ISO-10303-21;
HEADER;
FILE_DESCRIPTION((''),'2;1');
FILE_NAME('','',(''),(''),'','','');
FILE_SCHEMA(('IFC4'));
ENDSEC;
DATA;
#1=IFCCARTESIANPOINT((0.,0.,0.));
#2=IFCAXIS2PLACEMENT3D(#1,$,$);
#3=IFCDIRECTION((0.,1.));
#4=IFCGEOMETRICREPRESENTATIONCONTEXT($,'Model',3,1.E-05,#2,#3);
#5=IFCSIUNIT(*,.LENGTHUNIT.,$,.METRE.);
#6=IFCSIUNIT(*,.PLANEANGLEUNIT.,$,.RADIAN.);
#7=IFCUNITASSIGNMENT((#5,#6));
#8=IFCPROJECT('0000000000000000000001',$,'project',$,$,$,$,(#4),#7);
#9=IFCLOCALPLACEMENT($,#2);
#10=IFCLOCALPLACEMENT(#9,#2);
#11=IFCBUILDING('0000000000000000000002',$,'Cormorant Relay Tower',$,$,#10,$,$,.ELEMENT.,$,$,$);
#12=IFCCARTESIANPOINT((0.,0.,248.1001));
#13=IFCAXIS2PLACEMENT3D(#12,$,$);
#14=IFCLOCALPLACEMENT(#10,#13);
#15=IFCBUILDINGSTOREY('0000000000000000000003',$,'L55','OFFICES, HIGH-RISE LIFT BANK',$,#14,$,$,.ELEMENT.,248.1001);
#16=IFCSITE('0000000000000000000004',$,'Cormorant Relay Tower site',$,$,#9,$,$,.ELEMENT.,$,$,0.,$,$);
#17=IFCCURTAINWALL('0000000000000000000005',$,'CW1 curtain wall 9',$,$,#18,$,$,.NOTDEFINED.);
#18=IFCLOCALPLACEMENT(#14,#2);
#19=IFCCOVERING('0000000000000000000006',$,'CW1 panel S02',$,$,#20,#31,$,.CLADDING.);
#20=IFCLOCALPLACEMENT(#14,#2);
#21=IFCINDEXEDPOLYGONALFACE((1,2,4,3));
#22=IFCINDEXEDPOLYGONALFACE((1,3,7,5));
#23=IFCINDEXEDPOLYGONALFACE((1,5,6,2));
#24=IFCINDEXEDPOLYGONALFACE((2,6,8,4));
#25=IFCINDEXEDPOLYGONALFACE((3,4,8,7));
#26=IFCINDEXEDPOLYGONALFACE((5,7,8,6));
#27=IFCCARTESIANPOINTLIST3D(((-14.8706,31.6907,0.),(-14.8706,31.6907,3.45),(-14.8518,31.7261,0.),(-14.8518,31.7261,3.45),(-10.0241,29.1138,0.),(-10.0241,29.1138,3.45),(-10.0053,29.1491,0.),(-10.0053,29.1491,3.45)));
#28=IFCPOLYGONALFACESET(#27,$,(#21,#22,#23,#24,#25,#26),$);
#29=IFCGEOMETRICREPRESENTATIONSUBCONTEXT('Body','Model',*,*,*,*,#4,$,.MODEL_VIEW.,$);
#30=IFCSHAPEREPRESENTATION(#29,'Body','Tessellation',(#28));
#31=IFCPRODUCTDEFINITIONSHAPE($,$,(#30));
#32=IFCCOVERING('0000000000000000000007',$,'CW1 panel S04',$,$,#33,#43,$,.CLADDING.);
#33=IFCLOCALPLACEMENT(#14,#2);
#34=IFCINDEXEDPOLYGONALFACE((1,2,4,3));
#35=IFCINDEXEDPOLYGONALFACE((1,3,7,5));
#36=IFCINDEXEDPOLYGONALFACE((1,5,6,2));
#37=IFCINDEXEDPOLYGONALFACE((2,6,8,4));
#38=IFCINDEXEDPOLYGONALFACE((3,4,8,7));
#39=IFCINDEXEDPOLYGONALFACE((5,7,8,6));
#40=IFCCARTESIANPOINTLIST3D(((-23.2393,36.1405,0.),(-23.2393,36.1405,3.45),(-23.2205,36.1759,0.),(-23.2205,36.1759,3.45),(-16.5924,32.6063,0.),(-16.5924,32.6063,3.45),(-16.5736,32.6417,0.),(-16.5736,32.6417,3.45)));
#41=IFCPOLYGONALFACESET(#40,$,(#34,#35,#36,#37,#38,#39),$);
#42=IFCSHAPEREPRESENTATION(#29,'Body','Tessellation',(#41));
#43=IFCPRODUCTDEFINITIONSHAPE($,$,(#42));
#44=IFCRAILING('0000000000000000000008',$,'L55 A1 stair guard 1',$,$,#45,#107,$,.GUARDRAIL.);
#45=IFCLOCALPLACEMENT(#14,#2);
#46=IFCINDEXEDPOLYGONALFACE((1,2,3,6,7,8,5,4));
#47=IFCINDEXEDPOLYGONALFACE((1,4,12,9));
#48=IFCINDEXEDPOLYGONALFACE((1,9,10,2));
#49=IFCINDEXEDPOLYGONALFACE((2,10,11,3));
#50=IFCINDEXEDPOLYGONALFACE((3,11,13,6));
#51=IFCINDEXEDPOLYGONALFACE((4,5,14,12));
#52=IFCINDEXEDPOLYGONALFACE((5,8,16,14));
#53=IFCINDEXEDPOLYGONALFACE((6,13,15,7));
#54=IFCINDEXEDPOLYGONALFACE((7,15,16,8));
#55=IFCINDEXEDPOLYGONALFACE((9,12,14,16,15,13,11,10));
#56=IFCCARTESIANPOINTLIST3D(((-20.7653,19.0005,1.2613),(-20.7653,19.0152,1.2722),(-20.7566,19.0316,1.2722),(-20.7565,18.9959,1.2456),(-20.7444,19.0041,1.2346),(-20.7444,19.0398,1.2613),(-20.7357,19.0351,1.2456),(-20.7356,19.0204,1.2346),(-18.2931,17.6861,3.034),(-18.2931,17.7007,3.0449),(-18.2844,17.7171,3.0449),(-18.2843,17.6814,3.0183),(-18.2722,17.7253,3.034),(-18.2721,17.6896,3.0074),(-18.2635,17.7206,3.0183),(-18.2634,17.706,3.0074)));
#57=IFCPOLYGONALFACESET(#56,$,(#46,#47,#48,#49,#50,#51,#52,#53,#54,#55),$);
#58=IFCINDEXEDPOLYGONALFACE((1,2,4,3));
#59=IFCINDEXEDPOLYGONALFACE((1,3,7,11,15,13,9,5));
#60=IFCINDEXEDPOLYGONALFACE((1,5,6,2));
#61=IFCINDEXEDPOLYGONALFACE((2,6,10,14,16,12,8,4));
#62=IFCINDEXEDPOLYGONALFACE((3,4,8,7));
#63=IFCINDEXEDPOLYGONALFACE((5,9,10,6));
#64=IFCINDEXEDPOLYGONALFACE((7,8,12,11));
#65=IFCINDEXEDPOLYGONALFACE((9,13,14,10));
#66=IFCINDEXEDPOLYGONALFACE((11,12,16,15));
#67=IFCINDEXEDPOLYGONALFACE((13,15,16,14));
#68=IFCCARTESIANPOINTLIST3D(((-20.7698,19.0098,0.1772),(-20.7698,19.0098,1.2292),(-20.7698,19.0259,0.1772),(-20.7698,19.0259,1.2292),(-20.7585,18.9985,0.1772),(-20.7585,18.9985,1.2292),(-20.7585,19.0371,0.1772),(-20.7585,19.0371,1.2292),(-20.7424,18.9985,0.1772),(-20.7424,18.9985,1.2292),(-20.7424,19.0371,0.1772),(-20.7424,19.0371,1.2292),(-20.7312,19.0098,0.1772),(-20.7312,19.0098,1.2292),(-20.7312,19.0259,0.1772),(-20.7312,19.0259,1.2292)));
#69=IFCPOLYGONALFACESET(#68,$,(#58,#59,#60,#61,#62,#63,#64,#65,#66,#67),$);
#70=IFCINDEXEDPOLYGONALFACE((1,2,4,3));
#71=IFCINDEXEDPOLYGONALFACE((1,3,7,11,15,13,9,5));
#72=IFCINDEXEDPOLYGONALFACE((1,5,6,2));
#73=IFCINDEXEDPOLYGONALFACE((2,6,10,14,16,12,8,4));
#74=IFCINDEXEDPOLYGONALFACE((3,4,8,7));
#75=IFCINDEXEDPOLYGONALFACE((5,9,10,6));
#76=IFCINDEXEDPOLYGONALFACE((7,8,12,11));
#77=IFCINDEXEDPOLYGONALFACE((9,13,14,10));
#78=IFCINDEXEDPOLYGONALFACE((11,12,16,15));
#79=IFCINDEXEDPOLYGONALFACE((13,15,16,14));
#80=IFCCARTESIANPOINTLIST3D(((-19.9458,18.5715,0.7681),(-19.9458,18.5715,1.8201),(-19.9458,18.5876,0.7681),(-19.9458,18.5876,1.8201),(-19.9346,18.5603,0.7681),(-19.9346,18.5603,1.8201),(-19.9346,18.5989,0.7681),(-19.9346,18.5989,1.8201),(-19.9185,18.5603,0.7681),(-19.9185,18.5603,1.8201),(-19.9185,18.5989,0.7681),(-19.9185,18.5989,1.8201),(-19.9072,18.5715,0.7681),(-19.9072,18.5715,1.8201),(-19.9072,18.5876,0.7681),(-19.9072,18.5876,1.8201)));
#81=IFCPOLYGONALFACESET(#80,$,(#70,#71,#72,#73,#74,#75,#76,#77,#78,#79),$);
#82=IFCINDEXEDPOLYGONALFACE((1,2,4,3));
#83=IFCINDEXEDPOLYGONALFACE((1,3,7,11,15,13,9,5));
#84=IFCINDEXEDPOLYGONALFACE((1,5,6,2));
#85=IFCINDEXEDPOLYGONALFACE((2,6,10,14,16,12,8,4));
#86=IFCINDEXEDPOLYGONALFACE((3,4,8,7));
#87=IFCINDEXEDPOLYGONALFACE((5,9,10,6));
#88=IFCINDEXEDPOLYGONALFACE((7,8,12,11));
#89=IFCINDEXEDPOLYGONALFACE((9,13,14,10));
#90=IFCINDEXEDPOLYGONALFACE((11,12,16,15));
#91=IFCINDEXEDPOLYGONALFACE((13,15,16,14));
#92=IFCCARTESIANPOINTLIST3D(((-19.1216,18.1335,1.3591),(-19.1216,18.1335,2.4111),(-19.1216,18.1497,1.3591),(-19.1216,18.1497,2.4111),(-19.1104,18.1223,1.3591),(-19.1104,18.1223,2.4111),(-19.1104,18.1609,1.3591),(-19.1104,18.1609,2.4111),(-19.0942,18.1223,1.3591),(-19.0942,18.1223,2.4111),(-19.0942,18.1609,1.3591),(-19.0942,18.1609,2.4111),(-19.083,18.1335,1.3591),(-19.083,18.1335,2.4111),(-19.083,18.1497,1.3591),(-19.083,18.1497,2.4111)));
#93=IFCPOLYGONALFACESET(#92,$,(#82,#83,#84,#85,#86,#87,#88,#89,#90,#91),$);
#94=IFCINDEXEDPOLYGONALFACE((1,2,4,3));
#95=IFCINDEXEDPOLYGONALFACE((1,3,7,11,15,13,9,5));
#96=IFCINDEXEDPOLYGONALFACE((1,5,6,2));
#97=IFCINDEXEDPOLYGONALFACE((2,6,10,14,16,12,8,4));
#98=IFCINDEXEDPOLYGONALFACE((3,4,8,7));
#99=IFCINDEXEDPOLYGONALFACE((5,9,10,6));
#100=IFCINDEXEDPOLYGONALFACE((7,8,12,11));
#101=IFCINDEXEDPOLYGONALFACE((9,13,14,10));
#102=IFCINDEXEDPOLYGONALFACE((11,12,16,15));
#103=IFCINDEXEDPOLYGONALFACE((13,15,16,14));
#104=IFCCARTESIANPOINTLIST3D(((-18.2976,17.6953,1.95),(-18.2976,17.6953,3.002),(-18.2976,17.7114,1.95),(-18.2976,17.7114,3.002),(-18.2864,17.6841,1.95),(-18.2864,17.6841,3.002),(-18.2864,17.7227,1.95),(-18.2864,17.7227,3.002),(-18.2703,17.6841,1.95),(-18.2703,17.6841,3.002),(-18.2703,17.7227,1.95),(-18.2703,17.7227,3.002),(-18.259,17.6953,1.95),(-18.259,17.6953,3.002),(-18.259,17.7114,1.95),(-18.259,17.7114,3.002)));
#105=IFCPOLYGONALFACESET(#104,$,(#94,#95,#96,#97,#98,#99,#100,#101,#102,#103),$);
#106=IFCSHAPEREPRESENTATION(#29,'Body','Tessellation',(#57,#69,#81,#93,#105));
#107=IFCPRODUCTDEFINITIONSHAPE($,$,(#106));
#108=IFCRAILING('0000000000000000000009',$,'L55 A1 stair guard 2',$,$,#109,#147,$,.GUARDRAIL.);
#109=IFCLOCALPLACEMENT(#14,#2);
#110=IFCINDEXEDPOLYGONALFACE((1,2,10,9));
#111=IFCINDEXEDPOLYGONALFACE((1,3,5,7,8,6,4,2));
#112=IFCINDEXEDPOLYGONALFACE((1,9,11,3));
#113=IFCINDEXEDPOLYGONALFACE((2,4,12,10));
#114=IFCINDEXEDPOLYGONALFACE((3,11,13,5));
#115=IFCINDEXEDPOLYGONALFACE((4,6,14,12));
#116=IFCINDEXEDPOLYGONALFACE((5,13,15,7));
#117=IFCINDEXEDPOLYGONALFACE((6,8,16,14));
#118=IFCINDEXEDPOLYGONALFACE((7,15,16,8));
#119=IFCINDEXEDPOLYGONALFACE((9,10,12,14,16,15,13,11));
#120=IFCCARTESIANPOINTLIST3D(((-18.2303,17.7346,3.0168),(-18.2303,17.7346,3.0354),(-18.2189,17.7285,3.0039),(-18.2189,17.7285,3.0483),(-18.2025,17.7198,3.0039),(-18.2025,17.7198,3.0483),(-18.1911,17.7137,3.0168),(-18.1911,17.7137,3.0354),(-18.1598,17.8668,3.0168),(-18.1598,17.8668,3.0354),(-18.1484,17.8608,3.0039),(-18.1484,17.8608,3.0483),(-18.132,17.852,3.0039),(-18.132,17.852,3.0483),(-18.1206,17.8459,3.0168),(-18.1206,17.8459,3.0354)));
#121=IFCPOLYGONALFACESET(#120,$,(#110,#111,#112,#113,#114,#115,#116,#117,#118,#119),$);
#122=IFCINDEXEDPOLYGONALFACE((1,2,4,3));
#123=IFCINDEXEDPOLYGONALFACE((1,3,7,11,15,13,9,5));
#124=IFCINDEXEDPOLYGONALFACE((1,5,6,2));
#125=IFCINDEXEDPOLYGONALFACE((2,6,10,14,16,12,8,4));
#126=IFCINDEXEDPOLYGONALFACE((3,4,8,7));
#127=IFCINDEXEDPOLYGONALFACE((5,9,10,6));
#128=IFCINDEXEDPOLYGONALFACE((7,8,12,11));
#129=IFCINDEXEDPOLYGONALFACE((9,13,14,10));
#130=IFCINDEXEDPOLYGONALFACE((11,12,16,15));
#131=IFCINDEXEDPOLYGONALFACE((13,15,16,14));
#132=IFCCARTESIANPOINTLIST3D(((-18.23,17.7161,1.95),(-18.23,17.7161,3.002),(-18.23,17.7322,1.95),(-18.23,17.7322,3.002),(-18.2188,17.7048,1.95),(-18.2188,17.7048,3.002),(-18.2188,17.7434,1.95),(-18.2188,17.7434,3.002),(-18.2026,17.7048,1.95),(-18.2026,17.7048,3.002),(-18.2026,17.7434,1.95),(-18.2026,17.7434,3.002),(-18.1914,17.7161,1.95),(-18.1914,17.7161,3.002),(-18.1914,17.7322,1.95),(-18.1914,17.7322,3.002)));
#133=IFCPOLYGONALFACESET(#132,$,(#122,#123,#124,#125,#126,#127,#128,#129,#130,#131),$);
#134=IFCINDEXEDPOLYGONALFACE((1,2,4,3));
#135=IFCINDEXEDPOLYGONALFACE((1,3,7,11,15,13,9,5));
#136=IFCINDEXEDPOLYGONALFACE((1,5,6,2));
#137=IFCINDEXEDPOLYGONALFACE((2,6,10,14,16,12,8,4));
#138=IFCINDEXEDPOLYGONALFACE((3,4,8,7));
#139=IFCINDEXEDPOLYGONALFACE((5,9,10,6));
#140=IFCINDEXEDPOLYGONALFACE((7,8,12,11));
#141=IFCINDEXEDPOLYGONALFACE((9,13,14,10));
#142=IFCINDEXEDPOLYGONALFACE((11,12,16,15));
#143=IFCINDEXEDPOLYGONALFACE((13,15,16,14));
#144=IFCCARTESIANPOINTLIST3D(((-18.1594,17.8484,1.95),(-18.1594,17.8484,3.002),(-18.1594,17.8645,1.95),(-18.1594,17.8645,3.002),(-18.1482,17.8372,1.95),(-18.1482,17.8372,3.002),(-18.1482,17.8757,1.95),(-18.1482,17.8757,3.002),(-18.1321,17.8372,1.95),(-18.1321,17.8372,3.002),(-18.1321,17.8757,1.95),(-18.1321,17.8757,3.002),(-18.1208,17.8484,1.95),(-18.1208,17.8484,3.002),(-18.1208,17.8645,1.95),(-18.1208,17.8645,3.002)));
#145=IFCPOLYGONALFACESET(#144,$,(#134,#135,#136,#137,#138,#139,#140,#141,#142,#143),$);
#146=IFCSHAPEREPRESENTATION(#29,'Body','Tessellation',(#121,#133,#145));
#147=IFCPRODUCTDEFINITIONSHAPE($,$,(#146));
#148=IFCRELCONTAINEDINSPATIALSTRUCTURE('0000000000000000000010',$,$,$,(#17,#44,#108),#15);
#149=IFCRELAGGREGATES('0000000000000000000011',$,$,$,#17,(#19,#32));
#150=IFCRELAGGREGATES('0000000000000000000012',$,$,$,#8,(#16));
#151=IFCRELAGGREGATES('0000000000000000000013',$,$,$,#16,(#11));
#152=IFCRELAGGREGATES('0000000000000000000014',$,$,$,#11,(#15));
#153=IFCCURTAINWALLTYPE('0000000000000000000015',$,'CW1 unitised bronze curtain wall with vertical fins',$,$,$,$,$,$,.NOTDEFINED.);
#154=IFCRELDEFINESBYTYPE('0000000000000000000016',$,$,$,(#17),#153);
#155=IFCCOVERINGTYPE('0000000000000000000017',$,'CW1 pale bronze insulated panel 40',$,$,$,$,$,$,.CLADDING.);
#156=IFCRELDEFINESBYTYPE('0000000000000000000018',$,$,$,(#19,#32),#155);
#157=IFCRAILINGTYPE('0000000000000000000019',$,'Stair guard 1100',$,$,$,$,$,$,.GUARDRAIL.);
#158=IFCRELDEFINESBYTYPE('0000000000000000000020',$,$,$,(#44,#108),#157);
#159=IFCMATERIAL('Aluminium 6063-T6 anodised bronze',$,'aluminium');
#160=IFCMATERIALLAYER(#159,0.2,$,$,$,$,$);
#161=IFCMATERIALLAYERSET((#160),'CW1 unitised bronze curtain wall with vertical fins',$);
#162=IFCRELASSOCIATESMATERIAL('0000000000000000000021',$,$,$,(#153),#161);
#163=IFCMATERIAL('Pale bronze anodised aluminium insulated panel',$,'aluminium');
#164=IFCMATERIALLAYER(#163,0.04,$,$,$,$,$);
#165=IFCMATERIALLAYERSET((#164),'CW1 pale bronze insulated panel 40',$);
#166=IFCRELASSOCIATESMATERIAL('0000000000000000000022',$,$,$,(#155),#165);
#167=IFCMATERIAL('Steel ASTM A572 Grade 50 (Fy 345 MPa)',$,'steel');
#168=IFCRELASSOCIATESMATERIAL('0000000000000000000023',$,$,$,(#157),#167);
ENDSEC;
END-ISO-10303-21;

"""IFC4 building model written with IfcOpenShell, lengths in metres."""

from ifc_helpers import new_model, si_unit, direction, frame, origin, origin_2d, place, context, subcontext, project, spatial, polyline, rectangle, outline, extrude, material, layer, layer_set, type_object, element, aggregate, save


model = new_model("IFC4")

# Units and contexts
model_context = context("Model", 3, precision=1e-05, world=origin(), true_north=direction((0.0, 1.0)))
body_context = subcontext(model_context, "Body", "Model", "MODEL_VIEW")
ifc_project = project(units=[si_unit("LENGTHUNIT", "METRE"), si_unit("PLANEANGLEUNIT", "RADIAN")], contexts=[model_context])

# Site, building, storey
site_placement = place(None, origin())
site = spatial("IfcSite", under=ifc_project, at=site_placement, Name="Cormorant Relay Tower site", CompositionType="ELEMENT", RefElevation=0.0)
building_placement = place(site_placement, origin())
building = spatial("IfcBuilding", under=site, at=building_placement, Name="Cormorant Relay Tower", CompositionType="ELEMENT")
storey_placement = place(building_placement, frame((0.0, 0.0, 248.1001)))
storey = spatial("IfcBuildingStorey", under=building, at=storey_placement, Name="L55", Description="OFFICES, HIGH-RISE LIFT BANK", CompositionType="ELEMENT", Elevation=248.1001)

# Curtain wall
ifc_material_1 = material(Name="Aluminium 6063-T6 anodised bronze", Category="aluminium")
ifc_layer_1 = layer(ifc_material_1, 0.2)
ifc_layer_set_1 = layer_set([ifc_layer_1], Name="CW1 unitised bronze curtain wall with vertical fins")
curtain_wall_type = type_object("IfcCurtainWallType", Name="CW1 unitised bronze curtain wall with vertical fins", PredefinedType="NOTDEFINED", material=ifc_layer_set_1)
curtain_wall_placement = place(storey_placement, origin())
curtain_wall = element("IfcCurtainWall", 1, at=curtain_wall_placement, inside=storey, type_object=curtain_wall_type, Name="CW1 curtain wall 9", PredefinedType="NOTDEFINED")

# Coverings
ifc_material_2 = material(Name="Pale bronze anodised aluminium insulated panel", Category="aluminium")
ifc_layer_2 = layer(ifc_material_2, 0.04)
ifc_layer_set_2 = layer_set([ifc_layer_2], Name="CW1 pale bronze insulated panel 40")
covering_type = type_object("IfcCoveringType", Name="CW1 pale bronze insulated panel 40", PredefinedType="CLADDING", material=ifc_layer_set_2)
covering_1_placement = place(storey_placement, frame((-12.438, 30.4199, 0.0), z_axis=(0.0, 0.0, 1.0), x_axis=(-0.882948, 0.469472, 0.0)))
covering_1 = element("IfcCovering", 2, at=covering_1_placement, type_object=covering_type, Name="CW1 panel S02", PredefinedType="CLADDING", context=body_context, shape_type="SweptSolid", body=[
    extrude(rectangle(XDim=5.489, YDim=0.04, at=origin_2d()), origin(), (0.0, 0.0, 1.0), 3.45),
])
covering_2_placement = place(storey_placement, frame((-19.9065, 34.3911, 0.0), z_axis=(0.0, 0.0, 1.0), x_axis=(-0.882948, 0.469472, 0.0)))
covering_2 = element("IfcCovering", 3, at=covering_2_placement, type_object=covering_type, Name="CW1 panel S04", PredefinedType="CLADDING", context=body_context, shape_type="SweptSolid", body=[
    extrude(rectangle(XDim=7.5281, YDim=0.04, at=origin_2d()), origin(), (0.0, 0.0, 1.0), 3.45),
])
aggregate(curtain_wall, [covering_1, covering_2])

# Railings
ifc_material_3 = material(Name="Steel ASTM A572 Grade 50 (Fy 345 MPa)", Category="steel")
railing_type_1 = type_object("IfcRailingType", Name="Stair guard 1100", PredefinedType="GUARDRAIL", material=ifc_material_3)
railing_1_placement = place(storey_placement, frame((-20.7505, 19.0178, 0.1772)))
element("IfcRailing", 4, at=railing_1_placement, inside=storey, type_object=railing_type_1, Name="L55 A1 stair guard 1", PredefinedType="GUARDRAIL", context=body_context, shape_type="SweptSolid", body=[
    extrude(outline(polyline([(0.0222, 0.0093), (0.0093, 0.0222), (-0.0093, 0.0222), (-0.0222, 0.0093), (-0.0222, -0.0093), (-0.0093, -0.0222), (0.0093, -0.0222), (0.0222, -0.0093), (0.0222, 0.0093)])), frame((0.0, 0.0, 1.0762), z_axis=(0.746001, -0.396649, 0.534931), x_axis=(0.469465, 0.882951, 0.0)), (0.0, 0.0, 1.0), 3.314),
    extrude(outline(polyline([(0.0193, 0.0081), (0.0081, 0.0193), (-0.0081, 0.0193), (-0.0193, 0.0081), (-0.0193, -0.0081), (-0.0081, -0.0193), (0.0081, -0.0193), (0.0193, -0.0081), (0.0193, 0.0081)])), origin(), (0.0, 0.0, 1.0), 1.052),
    extrude(outline(polyline([(0.0193, 0.0081), (0.0081, 0.0193), (-0.0081, 0.0193), (-0.0193, 0.0081), (-0.0193, -0.0081), (-0.0081, -0.0193), (0.0081, -0.0193), (0.0193, -0.0081), (0.0193, 0.0081)])), frame((0.824, -0.4382, 0.5908)), (0.0, 0.0, 1.0), 1.052),
    extrude(outline(polyline([(0.0193, 0.0081), (0.0081, 0.0193), (-0.0081, 0.0193), (-0.0193, 0.0081), (-0.0193, -0.0081), (-0.0081, -0.0193), (0.0081, -0.0193), (0.0193, -0.0081), (0.0193, 0.0081)])), frame((1.6482, -0.8762, 1.1819)), (0.0, 0.0, 1.0), 1.052),
    extrude(outline(polyline([(0.0193, 0.0081), (0.0081, 0.0193), (-0.0081, 0.0193), (-0.0193, 0.0081), (-0.0193, -0.0081), (-0.0081, -0.0193), (0.0081, -0.0193), (0.0193, -0.0081), (0.0193, 0.0081)])), frame((2.4722, -1.3145, 1.7727)), (0.0, 0.0, 1.0), 1.052),
])
railing_2_placement = place(storey_placement, frame((-18.2107, 17.7241, 1.95)))
element("IfcRailing", 5, at=railing_2_placement, inside=storey, type_object=railing_type_1, Name="L55 A1 stair guard 2", PredefinedType="GUARDRAIL", context=body_context, shape_type="SweptSolid", body=[
    extrude(outline(polyline([(0.0222, 0.0093), (0.0093, 0.0222), (-0.0093, 0.0222), (-0.0222, 0.0093), (-0.0222, -0.0093), (-0.0093, -0.0222), (0.0093, -0.0222), (0.0222, -0.0093), (0.0222, 0.0093)])), frame((0.0, 0.0, 1.0762), z_axis=(0.470504, 0.882398, 0.0), x_axis=(-0.882398, 0.470504, 0.0)), (0.0, 0.0, 1.0), 0.1499),
    extrude(outline(polyline([(0.0193, 0.0081), (0.0081, 0.0193), (-0.0081, 0.0193), (-0.0193, 0.0081), (-0.0193, -0.0081), (-0.0081, -0.0193), (0.0081, -0.0193), (0.0193, -0.0081), (0.0193, 0.0081)])), origin(), (0.0, 0.0, 1.0), 1.052),
    extrude(outline(polyline([(0.0193, 0.0081), (0.0081, 0.0193), (-0.0081, 0.0193), (-0.0193, 0.0081), (-0.0193, -0.0081), (-0.0081, -0.0193), (0.0081, -0.0193), (0.0193, -0.0081), (0.0193, 0.0081)])), frame((0.0706, 0.1323, 0.0)), (0.0, 0.0, 1.0), 1.052),
])

save(model, "model.ifc")
